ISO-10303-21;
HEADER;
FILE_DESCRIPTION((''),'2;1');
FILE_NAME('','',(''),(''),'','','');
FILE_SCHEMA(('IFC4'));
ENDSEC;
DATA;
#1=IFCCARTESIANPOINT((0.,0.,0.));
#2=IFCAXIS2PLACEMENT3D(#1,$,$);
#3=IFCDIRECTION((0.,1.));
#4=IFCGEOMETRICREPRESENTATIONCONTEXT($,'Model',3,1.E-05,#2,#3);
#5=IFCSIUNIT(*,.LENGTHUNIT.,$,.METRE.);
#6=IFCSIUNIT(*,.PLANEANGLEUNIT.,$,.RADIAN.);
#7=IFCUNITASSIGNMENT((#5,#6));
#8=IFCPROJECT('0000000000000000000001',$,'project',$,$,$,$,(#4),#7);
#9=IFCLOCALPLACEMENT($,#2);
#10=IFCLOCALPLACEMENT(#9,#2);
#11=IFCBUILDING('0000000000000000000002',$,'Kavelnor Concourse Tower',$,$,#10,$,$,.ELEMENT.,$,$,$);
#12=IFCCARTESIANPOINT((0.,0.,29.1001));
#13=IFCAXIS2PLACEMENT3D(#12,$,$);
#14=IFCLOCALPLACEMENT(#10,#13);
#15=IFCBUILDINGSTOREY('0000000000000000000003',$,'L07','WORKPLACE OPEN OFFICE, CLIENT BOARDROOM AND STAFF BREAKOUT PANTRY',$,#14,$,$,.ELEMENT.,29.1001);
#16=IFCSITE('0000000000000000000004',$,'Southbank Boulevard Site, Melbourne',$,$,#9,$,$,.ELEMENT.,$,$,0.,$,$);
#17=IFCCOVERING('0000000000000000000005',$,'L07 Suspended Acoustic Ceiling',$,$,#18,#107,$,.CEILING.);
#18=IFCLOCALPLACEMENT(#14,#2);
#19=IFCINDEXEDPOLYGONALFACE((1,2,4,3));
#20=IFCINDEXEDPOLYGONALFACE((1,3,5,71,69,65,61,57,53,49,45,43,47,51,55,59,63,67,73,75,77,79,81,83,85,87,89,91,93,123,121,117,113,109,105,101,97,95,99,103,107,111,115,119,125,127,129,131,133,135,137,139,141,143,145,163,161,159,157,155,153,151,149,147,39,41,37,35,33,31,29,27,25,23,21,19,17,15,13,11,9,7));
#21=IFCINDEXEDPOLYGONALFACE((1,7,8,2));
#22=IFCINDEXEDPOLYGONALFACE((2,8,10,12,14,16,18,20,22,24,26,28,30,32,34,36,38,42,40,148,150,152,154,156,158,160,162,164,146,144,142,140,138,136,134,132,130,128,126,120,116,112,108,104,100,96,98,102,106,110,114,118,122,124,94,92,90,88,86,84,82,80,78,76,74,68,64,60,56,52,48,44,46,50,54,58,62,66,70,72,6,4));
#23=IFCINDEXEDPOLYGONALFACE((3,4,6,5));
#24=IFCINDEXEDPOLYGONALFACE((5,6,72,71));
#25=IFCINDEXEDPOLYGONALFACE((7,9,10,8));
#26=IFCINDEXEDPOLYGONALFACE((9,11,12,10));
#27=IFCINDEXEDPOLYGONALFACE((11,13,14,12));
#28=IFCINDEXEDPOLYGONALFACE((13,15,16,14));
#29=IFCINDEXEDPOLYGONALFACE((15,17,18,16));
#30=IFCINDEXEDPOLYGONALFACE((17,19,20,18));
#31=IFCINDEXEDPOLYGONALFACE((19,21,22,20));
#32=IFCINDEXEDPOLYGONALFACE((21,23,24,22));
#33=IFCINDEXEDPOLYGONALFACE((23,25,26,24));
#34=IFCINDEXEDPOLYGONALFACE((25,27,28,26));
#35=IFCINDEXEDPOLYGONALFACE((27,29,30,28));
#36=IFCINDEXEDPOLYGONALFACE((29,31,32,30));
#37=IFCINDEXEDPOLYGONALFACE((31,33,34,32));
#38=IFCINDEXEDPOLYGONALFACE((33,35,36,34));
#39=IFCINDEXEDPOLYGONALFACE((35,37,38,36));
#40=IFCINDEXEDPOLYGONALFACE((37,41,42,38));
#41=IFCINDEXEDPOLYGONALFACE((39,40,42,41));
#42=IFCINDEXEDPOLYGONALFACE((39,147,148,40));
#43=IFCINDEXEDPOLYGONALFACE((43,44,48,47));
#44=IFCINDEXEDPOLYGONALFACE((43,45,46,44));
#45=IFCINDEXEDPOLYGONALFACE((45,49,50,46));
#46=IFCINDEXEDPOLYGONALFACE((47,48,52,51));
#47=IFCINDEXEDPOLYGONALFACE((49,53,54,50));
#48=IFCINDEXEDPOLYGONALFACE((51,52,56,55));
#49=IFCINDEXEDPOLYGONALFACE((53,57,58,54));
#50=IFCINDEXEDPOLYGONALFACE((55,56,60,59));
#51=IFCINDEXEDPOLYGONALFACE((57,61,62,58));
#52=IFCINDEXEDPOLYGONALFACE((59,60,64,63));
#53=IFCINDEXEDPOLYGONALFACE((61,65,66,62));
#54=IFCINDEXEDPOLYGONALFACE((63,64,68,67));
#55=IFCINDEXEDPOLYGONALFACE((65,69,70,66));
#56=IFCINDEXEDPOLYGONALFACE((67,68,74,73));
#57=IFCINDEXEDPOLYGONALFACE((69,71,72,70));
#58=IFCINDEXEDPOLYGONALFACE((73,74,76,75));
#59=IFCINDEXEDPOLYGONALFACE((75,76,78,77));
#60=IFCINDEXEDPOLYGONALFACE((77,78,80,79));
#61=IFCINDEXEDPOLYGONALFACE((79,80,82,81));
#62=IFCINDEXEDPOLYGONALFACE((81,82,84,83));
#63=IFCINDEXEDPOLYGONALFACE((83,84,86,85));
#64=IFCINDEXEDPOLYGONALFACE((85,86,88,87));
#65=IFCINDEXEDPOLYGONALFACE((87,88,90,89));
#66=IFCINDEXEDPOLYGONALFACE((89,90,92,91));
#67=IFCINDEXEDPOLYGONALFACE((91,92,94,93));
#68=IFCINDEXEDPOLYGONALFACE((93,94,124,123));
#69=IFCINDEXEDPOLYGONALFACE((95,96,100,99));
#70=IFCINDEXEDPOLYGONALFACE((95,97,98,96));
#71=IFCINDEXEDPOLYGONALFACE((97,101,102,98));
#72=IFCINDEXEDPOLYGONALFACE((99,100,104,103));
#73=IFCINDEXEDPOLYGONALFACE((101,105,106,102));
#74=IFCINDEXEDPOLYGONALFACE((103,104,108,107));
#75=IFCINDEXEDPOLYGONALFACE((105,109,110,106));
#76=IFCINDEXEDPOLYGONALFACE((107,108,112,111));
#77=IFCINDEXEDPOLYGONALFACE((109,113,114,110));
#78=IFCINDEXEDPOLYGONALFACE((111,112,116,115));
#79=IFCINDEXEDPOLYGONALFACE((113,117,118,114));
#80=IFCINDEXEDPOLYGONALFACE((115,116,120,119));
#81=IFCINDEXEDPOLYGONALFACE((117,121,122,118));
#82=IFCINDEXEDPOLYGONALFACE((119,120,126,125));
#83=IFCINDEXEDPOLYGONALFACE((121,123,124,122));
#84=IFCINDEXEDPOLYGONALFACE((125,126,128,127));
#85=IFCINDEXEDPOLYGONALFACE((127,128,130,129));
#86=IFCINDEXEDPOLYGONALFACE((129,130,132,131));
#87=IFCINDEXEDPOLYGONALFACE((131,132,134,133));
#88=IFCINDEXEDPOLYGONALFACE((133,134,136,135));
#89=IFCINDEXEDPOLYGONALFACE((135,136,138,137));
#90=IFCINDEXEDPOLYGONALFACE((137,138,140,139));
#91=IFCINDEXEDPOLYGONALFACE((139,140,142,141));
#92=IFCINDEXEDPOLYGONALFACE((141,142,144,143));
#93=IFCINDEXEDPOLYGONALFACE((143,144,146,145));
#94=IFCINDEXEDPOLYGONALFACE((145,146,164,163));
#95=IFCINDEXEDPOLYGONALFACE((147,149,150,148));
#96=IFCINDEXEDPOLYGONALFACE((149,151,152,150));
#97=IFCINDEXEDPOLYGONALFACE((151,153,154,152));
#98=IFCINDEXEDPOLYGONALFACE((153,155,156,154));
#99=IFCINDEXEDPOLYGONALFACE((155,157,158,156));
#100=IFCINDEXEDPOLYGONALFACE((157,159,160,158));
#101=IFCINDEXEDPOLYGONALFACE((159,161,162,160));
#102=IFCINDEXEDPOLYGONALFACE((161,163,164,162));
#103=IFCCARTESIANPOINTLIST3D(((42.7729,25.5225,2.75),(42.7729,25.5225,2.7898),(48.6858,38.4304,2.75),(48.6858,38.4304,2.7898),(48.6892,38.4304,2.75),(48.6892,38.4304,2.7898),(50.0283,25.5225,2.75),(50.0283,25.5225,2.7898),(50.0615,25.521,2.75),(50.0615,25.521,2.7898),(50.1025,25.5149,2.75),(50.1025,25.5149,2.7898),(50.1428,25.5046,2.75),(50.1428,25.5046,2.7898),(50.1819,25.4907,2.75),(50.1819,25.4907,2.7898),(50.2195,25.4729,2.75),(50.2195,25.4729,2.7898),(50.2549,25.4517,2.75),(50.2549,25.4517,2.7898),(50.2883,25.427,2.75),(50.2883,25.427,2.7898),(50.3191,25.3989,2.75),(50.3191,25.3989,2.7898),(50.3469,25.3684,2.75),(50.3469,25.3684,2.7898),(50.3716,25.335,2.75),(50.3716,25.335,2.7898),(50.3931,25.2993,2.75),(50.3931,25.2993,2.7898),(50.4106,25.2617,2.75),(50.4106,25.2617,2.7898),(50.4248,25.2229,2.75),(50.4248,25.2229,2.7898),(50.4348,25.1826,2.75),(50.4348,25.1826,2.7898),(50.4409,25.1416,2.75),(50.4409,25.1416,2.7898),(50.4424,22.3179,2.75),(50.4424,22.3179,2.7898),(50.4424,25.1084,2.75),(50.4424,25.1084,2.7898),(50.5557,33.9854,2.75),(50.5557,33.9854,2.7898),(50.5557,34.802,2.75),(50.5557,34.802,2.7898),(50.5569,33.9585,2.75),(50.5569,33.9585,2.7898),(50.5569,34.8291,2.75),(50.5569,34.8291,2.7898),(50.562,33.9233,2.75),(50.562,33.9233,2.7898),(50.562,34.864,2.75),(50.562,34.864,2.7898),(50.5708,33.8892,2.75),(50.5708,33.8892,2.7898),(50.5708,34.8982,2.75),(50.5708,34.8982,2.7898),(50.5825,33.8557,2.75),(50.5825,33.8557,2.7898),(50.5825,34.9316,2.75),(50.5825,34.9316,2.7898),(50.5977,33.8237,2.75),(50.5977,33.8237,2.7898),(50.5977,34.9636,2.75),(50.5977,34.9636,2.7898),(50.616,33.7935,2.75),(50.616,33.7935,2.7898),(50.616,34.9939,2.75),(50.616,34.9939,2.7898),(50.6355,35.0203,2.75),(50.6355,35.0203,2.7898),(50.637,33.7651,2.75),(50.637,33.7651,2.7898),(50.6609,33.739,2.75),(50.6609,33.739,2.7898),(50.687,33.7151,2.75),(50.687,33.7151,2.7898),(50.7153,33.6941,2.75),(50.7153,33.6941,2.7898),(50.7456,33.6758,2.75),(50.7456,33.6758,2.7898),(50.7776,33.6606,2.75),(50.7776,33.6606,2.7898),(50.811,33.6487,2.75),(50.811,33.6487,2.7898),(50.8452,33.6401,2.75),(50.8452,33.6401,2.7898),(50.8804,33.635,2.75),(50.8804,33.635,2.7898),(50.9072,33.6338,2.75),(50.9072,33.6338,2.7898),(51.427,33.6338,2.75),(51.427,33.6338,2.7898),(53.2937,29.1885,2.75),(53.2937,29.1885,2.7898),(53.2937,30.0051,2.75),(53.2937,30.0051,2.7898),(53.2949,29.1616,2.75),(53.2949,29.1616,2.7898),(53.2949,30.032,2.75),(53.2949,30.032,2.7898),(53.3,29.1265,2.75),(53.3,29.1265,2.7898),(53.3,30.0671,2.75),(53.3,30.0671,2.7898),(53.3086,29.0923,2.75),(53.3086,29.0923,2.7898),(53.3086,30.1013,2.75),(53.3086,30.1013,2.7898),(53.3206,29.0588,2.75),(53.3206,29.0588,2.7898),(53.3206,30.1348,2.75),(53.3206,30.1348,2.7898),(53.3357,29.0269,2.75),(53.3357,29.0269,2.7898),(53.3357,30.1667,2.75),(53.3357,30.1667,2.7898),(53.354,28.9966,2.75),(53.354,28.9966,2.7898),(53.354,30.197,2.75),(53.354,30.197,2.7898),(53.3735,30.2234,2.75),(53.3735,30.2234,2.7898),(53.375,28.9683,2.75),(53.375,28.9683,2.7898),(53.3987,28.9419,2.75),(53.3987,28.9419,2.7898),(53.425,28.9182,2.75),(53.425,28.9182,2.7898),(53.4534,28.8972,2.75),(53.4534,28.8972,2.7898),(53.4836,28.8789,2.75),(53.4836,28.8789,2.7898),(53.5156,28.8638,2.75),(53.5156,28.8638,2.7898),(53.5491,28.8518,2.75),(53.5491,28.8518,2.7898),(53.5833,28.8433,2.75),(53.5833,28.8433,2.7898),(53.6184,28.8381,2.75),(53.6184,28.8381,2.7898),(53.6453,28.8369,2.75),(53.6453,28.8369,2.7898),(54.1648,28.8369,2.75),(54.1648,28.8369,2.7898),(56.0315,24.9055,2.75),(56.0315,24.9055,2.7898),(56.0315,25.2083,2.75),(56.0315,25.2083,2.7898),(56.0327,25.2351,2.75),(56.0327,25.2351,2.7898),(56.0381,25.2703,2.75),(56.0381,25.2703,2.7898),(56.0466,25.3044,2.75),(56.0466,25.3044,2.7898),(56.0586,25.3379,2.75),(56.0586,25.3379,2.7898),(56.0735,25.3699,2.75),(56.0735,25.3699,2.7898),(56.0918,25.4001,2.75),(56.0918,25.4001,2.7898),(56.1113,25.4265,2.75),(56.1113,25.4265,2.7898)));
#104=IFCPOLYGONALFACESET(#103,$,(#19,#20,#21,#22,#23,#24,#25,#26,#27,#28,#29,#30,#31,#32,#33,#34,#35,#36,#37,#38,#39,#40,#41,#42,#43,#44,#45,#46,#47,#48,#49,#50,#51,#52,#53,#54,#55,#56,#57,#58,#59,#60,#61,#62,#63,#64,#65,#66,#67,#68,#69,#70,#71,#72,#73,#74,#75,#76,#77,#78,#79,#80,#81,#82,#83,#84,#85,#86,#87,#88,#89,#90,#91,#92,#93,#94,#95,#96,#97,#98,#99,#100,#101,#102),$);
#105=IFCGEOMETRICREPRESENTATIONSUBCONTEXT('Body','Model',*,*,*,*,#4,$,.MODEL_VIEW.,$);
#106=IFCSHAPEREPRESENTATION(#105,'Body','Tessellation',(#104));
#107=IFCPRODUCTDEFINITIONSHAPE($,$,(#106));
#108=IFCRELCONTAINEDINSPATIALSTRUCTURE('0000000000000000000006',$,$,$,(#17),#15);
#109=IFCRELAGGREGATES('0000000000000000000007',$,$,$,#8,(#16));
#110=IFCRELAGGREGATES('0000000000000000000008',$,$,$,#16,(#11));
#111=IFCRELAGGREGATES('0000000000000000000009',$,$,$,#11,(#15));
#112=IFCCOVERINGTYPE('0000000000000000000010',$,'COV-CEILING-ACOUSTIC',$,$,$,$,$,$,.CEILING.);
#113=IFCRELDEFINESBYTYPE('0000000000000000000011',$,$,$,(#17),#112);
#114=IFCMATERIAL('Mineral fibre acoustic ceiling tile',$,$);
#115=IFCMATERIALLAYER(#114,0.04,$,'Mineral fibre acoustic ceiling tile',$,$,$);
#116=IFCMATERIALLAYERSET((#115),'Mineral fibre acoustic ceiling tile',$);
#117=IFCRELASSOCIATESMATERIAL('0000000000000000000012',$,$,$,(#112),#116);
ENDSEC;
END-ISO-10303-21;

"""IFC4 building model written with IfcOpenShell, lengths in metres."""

from ifc_helpers import new_model, si_unit, direction, frame, origin, place, context, subcontext, project, spatial, polyline, outline, extrude, material, layer, layer_set, type_object, element, save


model = new_model("IFC4")

# Units and contexts
model_context = context("Model", 3, precision=1e-05, world=origin(), true_north=direction((0.0, 1.0)))
body_context = subcontext(model_context, "Body", "Model", "MODEL_VIEW")
ifc_project = project(units=[si_unit("LENGTHUNIT", "METRE"), si_unit("PLANEANGLEUNIT", "RADIAN")], contexts=[model_context])

# Site, building, storey
site_placement = place(None, origin())
site = spatial("IfcSite", under=ifc_project, at=site_placement, Name="Southbank Boulevard Site, Melbourne", CompositionType="ELEMENT", RefElevation=0.0)
building_placement = place(site_placement, origin())
building = spatial("IfcBuilding", under=site, at=building_placement, Name="Kavelnor Concourse Tower", CompositionType="ELEMENT")
storey_placement = place(building_placement, frame((0.0, 0.0, 29.1001)))
storey = spatial("IfcBuildingStorey", under=building, at=storey_placement, Name="L07", Description="WORKPLACE OPEN OFFICE, CLIENT BOARDROOM AND STAFF BREAKOUT PANTRY", CompositionType="ELEMENT", Elevation=29.1001)

# Covering
ifc_material_1 = material(Name="Mineral fibre acoustic ceiling tile")
ifc_layer_1 = layer(ifc_material_1, 0.04, Name="Mineral fibre acoustic ceiling tile")
ifc_layer_set_1 = layer_set([ifc_layer_1], Name="Mineral fibre acoustic ceiling tile")
covering_type_1 = type_object("IfcCoveringType", Name="COV-CEILING-ACOUSTIC", PredefinedType="CEILING", material=ifc_layer_set_1)
covering_1_placement = place(storey_placement, frame((0.0, 0.0, 2.75)))
element("IfcCovering", 1, at=covering_1_placement, inside=storey, type_object=covering_type_1, Name="L07 Suspended Acoustic Ceiling", PredefinedType="CEILING", context=body_context, shape_type="SweptSolid", body=[
    extrude(outline(polyline([(50.4409, 25.1416), (50.4348, 25.1826), (50.4248, 25.2229), (50.4106, 25.2617), (50.3931, 25.2993), (50.3716, 25.335), (50.3469, 25.3684), (50.3191, 25.3989), (50.2883, 25.427), (50.2549, 25.4517), (50.2195, 25.4729), (50.1819, 25.4907), (50.1428, 25.5046), (50.1025, 25.5149), (50.0615, 25.521), (50.0283, 25.5225), (42.7729, 25.5225), (48.6858, 38.4304), (48.6892, 38.4304), (50.6355, 35.0203), (50.616, 34.9939), (50.5977, 34.9636), (50.5825, 34.9316), (50.5708, 34.8982), (50.562, 34.864), (50.5569, 34.8291), (50.5557, 34.802), (50.5557, 33.9854), (50.5569, 33.9585), (50.562, 33.9233), (50.5708, 33.8892), (50.5825, 33.8557), (50.5977, 33.8237), (50.616, 33.7935), (50.637, 33.7651), (50.6609, 33.739), (50.687, 33.7151), (50.7153, 33.6941), (50.7456, 33.6758), (50.7776, 33.6606), (50.811, 33.6487), (50.8452, 33.6401), (50.8804, 33.635), (50.9072, 33.6338), (51.427, 33.6338), (53.3735, 30.2234), (53.354, 30.197), (53.3357, 30.1667), (53.3206, 30.1348), (53.3086, 30.1013), (53.3, 30.0671), (53.2949, 30.032), (53.2937, 30.0051), (53.2937, 29.1885), (53.2949, 29.1616), (53.3, 29.1265), (53.3086, 29.0923), (53.3206, 29.0588), (53.3357, 29.0269), (53.354, 28.9966), (53.375, 28.9683), (53.3987, 28.9419), (53.425, 28.9182), (53.4534, 28.8972), (53.4836, 28.8789), (53.5156, 28.8638), (53.5491, 28.8518), (53.5833, 28.8433), (53.6184, 28.8381), (53.6453, 28.8369), (54.1648, 28.8369), (56.1113, 25.4265), (56.0918, 25.4001), (56.0735, 25.3699), (56.0586, 25.3379), (56.0466, 25.3044), (56.0381, 25.2703), (56.0327, 25.2351), (56.0315, 25.2083), (56.0315, 24.9055), (50.4424, 22.3179), (50.4424, 25.1084), (50.4409, 25.1416)])), origin(), (0.0, 0.0, 1.0), 0.0398),
])

save(model, "model.ifc")
